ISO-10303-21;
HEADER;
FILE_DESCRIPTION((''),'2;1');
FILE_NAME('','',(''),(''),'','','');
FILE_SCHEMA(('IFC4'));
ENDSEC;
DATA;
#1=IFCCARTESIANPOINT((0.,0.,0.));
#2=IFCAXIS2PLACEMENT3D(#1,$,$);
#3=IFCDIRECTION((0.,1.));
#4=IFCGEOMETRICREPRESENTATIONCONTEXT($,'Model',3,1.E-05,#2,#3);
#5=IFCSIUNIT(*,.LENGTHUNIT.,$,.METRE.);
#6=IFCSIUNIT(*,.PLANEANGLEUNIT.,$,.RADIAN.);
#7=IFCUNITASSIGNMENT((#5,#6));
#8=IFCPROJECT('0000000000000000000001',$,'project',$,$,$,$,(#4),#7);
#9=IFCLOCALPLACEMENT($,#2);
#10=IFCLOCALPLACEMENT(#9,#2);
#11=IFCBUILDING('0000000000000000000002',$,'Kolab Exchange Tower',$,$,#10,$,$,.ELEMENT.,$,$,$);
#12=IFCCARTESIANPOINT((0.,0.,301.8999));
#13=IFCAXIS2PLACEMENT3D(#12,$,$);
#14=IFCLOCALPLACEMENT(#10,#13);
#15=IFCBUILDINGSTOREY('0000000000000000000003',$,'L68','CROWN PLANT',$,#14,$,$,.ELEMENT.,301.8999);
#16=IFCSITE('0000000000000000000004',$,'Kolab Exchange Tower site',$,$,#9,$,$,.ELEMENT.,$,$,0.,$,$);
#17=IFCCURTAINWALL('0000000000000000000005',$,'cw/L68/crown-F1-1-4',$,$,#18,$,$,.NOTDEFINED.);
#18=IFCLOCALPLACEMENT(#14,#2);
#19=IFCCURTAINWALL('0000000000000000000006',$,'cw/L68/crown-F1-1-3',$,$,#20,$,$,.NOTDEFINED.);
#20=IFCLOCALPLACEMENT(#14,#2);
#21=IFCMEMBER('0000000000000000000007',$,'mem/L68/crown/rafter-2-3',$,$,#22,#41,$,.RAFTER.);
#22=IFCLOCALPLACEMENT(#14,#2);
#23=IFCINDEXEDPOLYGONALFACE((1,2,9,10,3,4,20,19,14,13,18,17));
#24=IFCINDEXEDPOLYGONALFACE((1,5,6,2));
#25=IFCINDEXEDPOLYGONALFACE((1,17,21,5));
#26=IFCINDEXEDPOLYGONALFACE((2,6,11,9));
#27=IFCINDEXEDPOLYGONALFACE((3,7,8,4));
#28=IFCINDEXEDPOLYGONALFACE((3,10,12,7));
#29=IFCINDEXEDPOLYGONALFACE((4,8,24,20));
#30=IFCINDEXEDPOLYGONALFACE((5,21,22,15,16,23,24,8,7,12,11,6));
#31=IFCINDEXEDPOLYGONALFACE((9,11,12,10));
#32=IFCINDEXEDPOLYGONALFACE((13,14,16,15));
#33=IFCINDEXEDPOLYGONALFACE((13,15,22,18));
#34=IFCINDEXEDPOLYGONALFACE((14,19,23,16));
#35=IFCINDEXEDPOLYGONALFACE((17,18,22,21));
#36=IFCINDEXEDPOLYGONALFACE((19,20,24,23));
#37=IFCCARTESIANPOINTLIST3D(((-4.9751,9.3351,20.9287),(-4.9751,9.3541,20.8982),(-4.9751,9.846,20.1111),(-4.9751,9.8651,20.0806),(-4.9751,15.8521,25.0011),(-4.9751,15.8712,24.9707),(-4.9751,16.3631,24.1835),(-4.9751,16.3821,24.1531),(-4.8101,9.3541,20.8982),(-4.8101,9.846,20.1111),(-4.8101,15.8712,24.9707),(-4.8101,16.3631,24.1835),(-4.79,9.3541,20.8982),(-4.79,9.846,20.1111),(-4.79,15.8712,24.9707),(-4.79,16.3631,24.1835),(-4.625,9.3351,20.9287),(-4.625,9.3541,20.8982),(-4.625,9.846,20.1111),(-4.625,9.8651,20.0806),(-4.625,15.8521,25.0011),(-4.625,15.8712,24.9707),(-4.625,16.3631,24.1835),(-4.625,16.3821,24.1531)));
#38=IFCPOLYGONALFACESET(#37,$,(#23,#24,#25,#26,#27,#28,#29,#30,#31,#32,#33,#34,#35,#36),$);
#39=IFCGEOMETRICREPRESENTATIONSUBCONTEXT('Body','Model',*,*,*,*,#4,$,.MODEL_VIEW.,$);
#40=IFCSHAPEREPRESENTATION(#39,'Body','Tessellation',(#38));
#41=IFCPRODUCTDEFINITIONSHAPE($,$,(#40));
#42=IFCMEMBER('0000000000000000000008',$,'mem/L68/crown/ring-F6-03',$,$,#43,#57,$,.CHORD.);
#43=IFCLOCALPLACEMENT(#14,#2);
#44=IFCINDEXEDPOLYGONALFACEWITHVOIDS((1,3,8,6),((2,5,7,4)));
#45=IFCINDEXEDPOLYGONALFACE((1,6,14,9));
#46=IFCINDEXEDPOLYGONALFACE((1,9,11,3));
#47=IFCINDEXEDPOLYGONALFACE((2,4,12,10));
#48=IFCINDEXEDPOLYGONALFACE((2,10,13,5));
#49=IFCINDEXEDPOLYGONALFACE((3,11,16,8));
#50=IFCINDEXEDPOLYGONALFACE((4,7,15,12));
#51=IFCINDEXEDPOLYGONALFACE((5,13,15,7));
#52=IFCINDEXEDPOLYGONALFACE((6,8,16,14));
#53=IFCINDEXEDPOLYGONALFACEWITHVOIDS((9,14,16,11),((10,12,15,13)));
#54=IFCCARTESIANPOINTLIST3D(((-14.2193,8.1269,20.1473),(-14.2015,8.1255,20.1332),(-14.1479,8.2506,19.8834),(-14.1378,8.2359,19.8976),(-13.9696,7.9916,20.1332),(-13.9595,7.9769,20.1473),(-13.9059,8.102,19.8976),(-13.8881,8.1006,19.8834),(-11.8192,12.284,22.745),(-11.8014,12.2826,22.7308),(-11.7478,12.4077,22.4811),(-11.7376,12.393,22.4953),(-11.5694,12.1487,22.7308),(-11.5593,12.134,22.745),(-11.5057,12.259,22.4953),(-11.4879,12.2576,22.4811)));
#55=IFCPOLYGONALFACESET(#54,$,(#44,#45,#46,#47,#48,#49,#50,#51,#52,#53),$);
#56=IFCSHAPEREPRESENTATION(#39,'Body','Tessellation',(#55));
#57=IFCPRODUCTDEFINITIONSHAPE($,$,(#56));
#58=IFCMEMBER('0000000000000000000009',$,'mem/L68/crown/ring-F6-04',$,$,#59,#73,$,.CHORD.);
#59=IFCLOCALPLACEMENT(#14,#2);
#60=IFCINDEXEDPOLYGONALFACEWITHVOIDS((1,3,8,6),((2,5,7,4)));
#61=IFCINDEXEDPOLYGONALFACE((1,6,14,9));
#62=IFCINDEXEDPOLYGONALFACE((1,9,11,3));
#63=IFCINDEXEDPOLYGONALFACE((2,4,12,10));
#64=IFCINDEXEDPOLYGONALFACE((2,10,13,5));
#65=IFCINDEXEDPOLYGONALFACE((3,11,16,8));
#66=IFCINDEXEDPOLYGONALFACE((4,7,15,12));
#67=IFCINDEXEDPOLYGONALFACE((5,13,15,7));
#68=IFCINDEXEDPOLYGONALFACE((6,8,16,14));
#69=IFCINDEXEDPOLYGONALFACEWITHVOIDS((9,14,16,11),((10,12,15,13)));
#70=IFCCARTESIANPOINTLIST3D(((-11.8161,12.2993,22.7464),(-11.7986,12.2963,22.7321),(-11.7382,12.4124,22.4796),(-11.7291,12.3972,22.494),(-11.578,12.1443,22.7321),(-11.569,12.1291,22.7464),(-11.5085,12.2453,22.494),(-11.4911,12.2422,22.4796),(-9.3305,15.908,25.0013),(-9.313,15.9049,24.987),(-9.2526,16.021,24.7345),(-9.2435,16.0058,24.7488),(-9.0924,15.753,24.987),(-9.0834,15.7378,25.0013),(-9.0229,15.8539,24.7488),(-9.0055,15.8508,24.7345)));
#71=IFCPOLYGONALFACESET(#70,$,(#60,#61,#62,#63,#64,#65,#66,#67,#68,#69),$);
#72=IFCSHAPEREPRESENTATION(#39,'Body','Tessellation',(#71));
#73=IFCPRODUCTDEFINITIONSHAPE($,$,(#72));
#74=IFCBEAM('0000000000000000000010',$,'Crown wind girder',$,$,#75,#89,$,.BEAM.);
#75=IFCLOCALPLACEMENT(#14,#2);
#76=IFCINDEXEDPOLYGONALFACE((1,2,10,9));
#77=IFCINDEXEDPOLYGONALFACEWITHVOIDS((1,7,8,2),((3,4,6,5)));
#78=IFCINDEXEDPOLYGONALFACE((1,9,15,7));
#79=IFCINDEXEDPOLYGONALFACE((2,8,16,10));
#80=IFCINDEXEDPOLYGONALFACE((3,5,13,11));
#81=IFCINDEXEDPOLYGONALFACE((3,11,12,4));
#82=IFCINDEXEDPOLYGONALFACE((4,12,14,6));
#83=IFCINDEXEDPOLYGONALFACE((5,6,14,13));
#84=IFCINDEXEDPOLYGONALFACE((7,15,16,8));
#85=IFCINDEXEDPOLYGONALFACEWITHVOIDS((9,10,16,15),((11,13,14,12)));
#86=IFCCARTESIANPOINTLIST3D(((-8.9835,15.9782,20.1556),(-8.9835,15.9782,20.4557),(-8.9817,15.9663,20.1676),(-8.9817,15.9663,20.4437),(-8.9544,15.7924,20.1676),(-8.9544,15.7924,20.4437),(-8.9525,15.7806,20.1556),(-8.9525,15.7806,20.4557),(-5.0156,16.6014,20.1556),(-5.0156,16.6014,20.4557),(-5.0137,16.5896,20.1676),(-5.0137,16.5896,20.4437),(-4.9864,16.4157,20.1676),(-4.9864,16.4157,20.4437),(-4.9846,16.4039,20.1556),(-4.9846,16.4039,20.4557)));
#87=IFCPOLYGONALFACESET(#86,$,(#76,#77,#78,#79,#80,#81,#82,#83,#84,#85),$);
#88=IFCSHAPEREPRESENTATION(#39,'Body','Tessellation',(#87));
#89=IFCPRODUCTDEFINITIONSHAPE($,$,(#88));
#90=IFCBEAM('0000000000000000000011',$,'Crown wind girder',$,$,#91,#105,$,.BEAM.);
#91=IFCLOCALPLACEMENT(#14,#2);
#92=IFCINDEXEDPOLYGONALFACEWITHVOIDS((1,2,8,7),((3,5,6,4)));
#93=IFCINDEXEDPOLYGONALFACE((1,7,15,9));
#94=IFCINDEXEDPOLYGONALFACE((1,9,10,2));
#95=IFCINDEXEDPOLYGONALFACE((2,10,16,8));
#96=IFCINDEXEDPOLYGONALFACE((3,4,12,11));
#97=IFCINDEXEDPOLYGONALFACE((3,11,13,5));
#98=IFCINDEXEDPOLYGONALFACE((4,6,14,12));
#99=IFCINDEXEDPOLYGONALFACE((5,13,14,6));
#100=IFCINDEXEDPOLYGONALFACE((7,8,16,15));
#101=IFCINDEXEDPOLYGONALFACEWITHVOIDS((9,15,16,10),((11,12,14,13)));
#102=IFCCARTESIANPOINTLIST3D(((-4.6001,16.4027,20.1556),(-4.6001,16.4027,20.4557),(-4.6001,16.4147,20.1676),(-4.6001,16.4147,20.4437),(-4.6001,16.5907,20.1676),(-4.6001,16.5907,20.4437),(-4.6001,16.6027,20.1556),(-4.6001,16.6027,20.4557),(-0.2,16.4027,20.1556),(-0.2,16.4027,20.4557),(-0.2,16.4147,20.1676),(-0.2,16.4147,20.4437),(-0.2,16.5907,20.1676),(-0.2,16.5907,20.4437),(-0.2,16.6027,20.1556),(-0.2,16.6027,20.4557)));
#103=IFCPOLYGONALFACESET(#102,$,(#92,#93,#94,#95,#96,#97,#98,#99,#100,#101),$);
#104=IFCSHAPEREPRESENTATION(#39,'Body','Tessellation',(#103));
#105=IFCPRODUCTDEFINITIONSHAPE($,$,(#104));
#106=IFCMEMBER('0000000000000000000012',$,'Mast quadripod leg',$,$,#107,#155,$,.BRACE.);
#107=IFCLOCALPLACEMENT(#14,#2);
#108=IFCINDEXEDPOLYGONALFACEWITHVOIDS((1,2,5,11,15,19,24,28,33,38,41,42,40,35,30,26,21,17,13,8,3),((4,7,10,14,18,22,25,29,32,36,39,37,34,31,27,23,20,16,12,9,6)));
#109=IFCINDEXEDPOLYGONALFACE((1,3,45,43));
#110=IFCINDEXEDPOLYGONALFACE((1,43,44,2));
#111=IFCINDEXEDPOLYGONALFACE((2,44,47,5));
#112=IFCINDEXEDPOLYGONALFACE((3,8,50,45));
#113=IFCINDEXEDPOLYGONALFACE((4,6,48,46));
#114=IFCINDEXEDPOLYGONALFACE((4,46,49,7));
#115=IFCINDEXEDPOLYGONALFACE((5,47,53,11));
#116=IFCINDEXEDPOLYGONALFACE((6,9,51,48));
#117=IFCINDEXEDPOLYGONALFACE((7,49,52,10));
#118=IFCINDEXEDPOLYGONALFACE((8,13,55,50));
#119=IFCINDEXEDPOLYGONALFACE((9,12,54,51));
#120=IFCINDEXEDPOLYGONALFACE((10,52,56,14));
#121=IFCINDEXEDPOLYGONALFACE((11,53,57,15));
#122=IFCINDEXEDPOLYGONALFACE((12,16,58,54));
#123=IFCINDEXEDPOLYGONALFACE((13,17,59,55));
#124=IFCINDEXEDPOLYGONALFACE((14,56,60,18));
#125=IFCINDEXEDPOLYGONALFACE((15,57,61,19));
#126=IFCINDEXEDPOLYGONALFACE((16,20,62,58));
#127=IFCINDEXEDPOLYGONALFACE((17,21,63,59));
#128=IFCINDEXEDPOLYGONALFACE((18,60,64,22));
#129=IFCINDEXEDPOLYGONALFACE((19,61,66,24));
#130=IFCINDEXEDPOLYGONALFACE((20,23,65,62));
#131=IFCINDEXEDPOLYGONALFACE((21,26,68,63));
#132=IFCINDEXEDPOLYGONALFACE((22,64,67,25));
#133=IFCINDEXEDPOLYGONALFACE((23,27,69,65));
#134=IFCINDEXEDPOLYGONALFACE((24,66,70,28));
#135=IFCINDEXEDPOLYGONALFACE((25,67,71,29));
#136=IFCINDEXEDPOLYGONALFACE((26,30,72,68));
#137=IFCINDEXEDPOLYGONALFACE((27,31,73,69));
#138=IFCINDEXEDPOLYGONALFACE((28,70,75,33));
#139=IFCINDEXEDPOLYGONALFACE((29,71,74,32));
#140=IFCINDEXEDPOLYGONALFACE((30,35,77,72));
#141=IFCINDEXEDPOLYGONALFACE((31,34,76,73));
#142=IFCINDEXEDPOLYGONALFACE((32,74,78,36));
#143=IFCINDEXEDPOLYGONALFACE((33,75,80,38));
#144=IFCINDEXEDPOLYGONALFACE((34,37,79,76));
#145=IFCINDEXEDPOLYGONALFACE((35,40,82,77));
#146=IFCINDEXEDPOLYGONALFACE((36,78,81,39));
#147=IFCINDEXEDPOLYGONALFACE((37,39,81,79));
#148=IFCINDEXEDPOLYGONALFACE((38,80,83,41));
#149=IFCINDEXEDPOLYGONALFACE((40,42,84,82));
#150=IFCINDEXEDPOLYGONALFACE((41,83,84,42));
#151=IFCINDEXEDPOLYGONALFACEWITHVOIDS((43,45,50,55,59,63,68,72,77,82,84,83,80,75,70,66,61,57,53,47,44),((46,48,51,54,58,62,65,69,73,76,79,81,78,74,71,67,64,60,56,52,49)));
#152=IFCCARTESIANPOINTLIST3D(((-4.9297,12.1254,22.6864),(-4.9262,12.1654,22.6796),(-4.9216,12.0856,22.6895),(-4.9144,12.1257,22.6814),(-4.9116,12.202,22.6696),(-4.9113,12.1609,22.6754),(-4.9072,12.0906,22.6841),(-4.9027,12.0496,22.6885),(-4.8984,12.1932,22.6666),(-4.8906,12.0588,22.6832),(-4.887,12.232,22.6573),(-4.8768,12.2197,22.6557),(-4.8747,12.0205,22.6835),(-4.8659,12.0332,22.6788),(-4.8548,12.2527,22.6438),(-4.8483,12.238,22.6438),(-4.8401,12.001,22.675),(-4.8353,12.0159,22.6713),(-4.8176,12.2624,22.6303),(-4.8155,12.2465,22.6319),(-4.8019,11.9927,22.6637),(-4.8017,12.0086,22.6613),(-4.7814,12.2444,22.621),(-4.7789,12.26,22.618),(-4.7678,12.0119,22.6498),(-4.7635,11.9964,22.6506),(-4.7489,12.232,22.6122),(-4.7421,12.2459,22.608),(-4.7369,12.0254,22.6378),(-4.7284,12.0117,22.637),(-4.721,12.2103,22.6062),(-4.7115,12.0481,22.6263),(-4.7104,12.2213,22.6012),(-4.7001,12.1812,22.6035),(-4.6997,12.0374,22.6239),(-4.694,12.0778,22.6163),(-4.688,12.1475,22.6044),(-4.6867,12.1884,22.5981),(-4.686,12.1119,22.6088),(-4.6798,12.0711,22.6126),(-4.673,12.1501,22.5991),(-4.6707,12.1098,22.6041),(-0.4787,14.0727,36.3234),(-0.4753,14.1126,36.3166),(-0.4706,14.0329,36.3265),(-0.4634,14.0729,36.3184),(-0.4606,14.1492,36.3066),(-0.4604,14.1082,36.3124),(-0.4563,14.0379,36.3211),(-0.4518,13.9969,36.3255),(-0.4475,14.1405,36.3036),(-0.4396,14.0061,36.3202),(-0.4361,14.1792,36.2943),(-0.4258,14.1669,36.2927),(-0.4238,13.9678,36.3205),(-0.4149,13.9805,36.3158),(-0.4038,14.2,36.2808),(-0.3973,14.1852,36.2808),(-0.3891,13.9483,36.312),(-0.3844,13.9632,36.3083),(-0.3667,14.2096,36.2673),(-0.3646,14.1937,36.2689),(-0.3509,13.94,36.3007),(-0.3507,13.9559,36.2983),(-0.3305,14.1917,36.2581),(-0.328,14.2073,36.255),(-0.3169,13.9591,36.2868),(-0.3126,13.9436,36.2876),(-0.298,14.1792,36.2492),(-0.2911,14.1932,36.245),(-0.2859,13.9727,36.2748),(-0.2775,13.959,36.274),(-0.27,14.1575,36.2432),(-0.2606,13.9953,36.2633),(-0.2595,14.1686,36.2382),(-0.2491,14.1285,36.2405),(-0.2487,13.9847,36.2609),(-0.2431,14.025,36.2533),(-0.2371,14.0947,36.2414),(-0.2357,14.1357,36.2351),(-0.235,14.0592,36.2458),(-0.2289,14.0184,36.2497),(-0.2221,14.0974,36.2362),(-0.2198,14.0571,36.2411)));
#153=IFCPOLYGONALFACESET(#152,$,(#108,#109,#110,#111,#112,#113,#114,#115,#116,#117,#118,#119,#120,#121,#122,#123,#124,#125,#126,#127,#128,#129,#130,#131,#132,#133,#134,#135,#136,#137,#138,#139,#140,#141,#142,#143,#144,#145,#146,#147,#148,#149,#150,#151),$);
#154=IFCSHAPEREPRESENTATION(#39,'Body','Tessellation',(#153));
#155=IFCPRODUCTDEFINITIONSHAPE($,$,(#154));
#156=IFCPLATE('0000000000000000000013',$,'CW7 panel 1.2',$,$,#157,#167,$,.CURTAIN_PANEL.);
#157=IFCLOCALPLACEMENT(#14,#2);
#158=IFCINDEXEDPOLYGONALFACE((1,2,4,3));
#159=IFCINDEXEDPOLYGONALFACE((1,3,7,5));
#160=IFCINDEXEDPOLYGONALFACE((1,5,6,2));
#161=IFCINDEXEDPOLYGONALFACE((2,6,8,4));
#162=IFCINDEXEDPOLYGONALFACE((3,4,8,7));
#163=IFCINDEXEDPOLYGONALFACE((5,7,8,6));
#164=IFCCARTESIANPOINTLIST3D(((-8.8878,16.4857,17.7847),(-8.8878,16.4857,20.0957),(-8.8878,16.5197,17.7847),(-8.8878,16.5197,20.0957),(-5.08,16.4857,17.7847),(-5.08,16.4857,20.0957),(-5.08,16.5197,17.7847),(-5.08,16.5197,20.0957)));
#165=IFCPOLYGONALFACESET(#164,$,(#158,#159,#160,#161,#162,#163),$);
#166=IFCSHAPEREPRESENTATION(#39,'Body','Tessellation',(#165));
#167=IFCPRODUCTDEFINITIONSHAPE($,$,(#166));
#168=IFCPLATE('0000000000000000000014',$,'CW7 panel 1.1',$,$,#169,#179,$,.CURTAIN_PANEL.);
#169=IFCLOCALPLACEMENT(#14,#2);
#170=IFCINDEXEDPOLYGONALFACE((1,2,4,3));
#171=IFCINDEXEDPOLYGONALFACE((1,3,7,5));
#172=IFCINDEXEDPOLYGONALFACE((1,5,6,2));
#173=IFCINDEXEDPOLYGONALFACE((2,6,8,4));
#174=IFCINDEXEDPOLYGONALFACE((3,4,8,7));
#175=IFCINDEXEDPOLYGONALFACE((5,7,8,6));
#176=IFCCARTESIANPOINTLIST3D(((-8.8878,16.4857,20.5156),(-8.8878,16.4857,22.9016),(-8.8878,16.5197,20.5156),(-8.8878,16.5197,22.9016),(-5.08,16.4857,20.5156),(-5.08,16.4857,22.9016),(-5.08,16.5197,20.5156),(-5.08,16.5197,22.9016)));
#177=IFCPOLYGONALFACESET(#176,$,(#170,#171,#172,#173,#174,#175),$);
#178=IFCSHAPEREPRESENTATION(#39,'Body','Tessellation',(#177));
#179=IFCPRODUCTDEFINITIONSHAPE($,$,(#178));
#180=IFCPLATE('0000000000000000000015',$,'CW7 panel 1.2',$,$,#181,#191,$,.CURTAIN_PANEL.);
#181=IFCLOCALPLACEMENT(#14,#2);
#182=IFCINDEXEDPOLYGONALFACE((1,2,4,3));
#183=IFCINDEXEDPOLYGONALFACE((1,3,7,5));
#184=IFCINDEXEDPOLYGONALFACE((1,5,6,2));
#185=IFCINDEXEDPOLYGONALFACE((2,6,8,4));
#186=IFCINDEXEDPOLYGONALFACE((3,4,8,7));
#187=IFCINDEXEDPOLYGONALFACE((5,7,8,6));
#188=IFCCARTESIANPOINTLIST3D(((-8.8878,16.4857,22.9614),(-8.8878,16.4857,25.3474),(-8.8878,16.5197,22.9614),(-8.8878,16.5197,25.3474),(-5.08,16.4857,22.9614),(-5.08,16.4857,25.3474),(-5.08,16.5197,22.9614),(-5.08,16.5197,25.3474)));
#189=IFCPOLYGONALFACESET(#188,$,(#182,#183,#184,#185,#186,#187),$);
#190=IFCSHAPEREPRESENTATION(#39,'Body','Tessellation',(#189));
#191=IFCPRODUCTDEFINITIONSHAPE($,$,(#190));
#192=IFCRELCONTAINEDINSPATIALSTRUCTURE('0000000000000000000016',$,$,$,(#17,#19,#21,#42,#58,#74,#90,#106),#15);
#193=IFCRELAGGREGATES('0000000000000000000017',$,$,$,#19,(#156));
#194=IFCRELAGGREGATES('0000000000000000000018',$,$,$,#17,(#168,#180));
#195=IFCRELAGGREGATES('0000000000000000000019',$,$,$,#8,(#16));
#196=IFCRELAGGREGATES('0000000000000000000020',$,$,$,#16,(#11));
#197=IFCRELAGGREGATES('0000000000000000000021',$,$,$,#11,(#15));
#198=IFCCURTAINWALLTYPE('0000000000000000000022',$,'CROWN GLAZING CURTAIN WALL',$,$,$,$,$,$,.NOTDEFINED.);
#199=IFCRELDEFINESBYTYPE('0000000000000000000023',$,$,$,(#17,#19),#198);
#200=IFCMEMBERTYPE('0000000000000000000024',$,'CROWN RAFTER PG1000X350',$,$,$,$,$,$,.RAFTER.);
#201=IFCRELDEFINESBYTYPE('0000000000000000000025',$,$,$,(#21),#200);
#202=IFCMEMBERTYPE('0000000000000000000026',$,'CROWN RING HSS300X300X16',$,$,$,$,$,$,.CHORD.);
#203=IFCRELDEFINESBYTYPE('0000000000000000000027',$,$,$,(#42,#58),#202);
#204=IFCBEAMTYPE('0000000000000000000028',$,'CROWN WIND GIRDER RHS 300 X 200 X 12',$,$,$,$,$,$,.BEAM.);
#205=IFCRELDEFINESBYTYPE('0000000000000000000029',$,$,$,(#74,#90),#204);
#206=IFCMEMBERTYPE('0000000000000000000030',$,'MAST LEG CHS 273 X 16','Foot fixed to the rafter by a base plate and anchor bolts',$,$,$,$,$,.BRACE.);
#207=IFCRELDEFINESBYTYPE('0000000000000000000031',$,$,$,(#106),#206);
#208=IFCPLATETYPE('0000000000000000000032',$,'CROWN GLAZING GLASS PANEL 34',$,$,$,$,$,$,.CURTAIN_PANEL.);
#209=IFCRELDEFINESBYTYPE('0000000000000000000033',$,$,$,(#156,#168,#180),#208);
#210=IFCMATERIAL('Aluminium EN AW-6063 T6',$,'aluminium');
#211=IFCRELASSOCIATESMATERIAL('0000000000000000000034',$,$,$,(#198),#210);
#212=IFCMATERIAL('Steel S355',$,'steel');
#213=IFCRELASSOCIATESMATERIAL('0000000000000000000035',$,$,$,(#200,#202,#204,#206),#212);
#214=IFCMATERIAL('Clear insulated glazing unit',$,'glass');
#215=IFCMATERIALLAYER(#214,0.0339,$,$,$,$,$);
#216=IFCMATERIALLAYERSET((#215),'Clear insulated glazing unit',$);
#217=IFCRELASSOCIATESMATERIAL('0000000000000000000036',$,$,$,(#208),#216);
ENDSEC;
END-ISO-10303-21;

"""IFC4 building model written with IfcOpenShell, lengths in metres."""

from ifc_helpers import new_model, si_unit, direction, frame, origin, origin_2d, place, context, subcontext, project, spatial, rectangle, hollow_rectangle, hollow_circle, i_section, extrude, material, layer, layer_set, material_profile, profile_set, type_object, element, aggregate, save


model = new_model("IFC4")

# Units and contexts
model_context = context("Model", 3, precision=1e-05, world=origin(), true_north=direction((0.0, 1.0)))
body_context = subcontext(model_context, "Body", "Model", "MODEL_VIEW")
ifc_project = project(units=[si_unit("LENGTHUNIT", "METRE"), si_unit("PLANEANGLEUNIT", "RADIAN")], contexts=[model_context])

# Site, building, storey
site_placement = place(None, origin())
site = spatial("IfcSite", under=ifc_project, at=site_placement, Name="Kolab Exchange Tower site", CompositionType="ELEMENT", RefElevation=0.0)
building_placement = place(site_placement, origin())
building = spatial("IfcBuilding", under=site, at=building_placement, Name="Kolab Exchange Tower", CompositionType="ELEMENT")
storey_placement = place(building_placement, frame((0.0, 0.0, 301.8999)))
storey = spatial("IfcBuildingStorey", under=building, at=storey_placement, Name="L68", Description="CROWN PLANT", CompositionType="ELEMENT", Elevation=301.8999)

# Curtain wall
ifc_material_1 = material(Name="Aluminium EN AW-6063 T6", Category="aluminium")
curtain_wall_type = type_object("IfcCurtainWallType", Name="CROWN GLAZING CURTAIN WALL", PredefinedType="NOTDEFINED", material=ifc_material_1)
curtain_wall_1_placement = place(storey_placement, origin())
curtain_wall_1 = element("IfcCurtainWall", 1, at=curtain_wall_1_placement, inside=storey, type_object=curtain_wall_type, Name="cw/L68/crown-F1-1-4", PredefinedType="NOTDEFINED")

# Curtain wall
curtain_wall_2_placement = place(storey_placement, origin())
curtain_wall_2 = element("IfcCurtainWall", 2, at=curtain_wall_2_placement, inside=storey, type_object=curtain_wall_type, Name="cw/L68/crown-F1-1-3", PredefinedType="NOTDEFINED")

# Members
ifc_material_2 = material(Name="Steel S355", Category="steel")
ifc_material_profile_1 = material_profile(ifc_material_2, i_section(OverallWidth=0.3501, OverallDepth=1.0, WebThickness=0.02, FlangeThickness=0.0359, at=origin_2d()), Name="PG1000X350")
ifc_profile_set_1 = profile_set([ifc_material_profile_1], Name="Steel S355")
member_type_1 = type_object("IfcMemberType", Name="CROWN RAFTER PG1000X350", PredefinedType="RAFTER", material=ifc_profile_set_1)
member_1_placement = place(storey_placement, frame((-4.8, 9.6001, 20.5046), z_axis=(0.0, 0.848038, 0.529936), x_axis=(-1.0, 0.0, 0.0)))
element("IfcMember", 3, at=member_1_placement, inside=storey, type_object=member_type_1, Name="mem/L68/crown/rafter-2-3", PredefinedType="RAFTER", context=body_context, shape_type="SweptSolid", body=[
    extrude(i_section(OverallWidth=0.3501, OverallDepth=1.0, WebThickness=0.02, FlangeThickness=0.0359, at=origin_2d()), origin(), (0.0, 0.0, 1.0), 7.6848),
])
ifc_material_profile_2 = material_profile(ifc_material_2, hollow_rectangle(XDim=0.3, YDim=0.3, WallThickness=0.0161, at=origin_2d()), Name="HSS300X300X16")
ifc_profile_set_2 = profile_set([ifc_material_profile_2], Name="Steel S355")
member_type_2 = type_object("IfcMemberType", Name="CROWN RING HSS300X300X16", PredefinedType="CHORD", material=ifc_profile_set_2)
member_2_placement = place(storey_placement, frame((-14.0537, 8.1138, 20.0154), z_axis=(0.439754, 0.761641, 0.475941), x_axis=(-0.866015, 0.500017, 0.0)))
element("IfcMember", 4, at=member_2_placement, inside=storey, type_object=member_type_2, Name="mem/L68/crown/ring-F6-03", PredefinedType="CHORD", context=body_context, shape_type="SweptSolid", body=[
    extrude(hollow_rectangle(XDim=0.3, YDim=0.3, WallThickness=0.0161, at=origin_2d()), origin(), (0.0, 0.0, 1.0), 5.458),
])
member_3_placement = place(storey_placement, frame((-11.6536, 12.2708, 22.613), z_axis=(0.504384, 0.732276, 0.457567), x_axis=(-0.823546, 0.56725, 0.0)))
element("IfcMember", 5, at=member_3_placement, inside=storey, type_object=member_type_2, Name="mem/L68/crown/ring-F6-04", PredefinedType="CHORD", context=body_context, shape_type="SweptSolid", body=[
    extrude(hollow_rectangle(XDim=0.3, YDim=0.3, WallThickness=0.0161, at=origin_2d()), origin(), (0.0, 0.0, 1.0), 4.928),
])

# Beams
ifc_material_profile_3 = material_profile(ifc_material_2, hollow_rectangle(XDim=0.2, YDim=0.3, WallThickness=0.012, at=origin_2d()), Name="RHS300X200X12")
ifc_profile_set_3 = profile_set([ifc_material_profile_3], Name="Steel S355")
beam_type = type_object("IfcBeamType", Name="CROWN WIND GIRDER RHS 300 X 200 X 12", PredefinedType="BEAM", material=ifc_profile_set_3)
beam_1_placement = place(storey_placement, frame((-8.968, 15.8794, 20.3057), z_axis=(0.987887, 0.155176, 0.0), x_axis=(-0.155176, 0.987887, 0.0)))
element("IfcBeam", 6, at=beam_1_placement, inside=storey, type_object=beam_type, Name="Crown wind girder", PredefinedType="BEAM", context=body_context, shape_type="SweptSolid", body=[
    extrude(hollow_rectangle(XDim=0.2, YDim=0.3, WallThickness=0.012, at=origin_2d()), origin(), (0.0, 0.0, 1.0), 4.0166),
])
beam_2_placement = place(storey_placement, frame((-4.6001, 16.5027, 20.3057), z_axis=(1.0, 0.0, 0.0), x_axis=(0.0, 1.0, 0.0)))
element("IfcBeam", 7, at=beam_2_placement, inside=storey, type_object=beam_type, Name="Crown wind girder", PredefinedType="BEAM", context=body_context, shape_type="SweptSolid", body=[
    extrude(hollow_rectangle(XDim=0.2, YDim=0.3, WallThickness=0.012, at=origin_2d()), origin(), (0.0, 0.0, 1.0), 4.4001),
])

# Member
ifc_material_profile_4 = material_profile(ifc_material_2, hollow_circle(Radius=0.1365, WallThickness=0.0161, at=origin_2d()), Name="CHS 273X16")
ifc_profile_set_4 = profile_set([ifc_material_profile_4], Name="Steel S355")
member_type_3 = type_object("IfcMemberType", Name="MAST LEG CHS 273 X 16", Description="Foot fixed to the rafter by a base plate and anchor bolts", PredefinedType="BRACE", material=ifc_profile_set_4)
member_4_placement = place(storey_placement, frame((-4.8, 12.1277, 22.6438), z_axis=(0.307459, 0.134512, 0.942006), x_axis=(-0.400816, 0.916158, 0.0)))
element("IfcMember", 8, at=member_4_placement, inside=storey, type_object=member_type_3, Name="Mast quadripod leg", PredefinedType="BRACE", context=body_context, shape_type="SweptSolid", body=[
    extrude(hollow_circle(Radius=0.1365, WallThickness=0.0161, at=origin_2d()), origin(), (0.0, 0.0, 1.0), 14.4766),
])

# Plates
ifc_material_3 = material(Name="Clear insulated glazing unit", Category="glass")
ifc_layer_1 = layer(ifc_material_3, 0.0339)
ifc_layer_set_1 = layer_set([ifc_layer_1], Name="Clear insulated glazing unit")
plate_type_1 = type_object("IfcPlateType", Name="CROWN GLAZING GLASS PANEL 34", PredefinedType="CURTAIN_PANEL", material=ifc_layer_set_1)
plate_1_placement = place(storey_placement, frame((-6.9839, 16.5027, 17.7847), z_axis=(0.0, 0.0, 1.0), x_axis=(1.0, 0.0, 0.0)))
plate_1 = element("IfcPlate", 9, at=plate_1_placement, type_object=plate_type_1, Name="CW7 panel 1.2", PredefinedType="CURTAIN_PANEL", context=body_context, shape_type="SweptSolid", body=[
    extrude(rectangle(XDim=3.8079, YDim=0.0339, at=origin_2d()), origin(), (0.0, 0.0, 1.0), 2.311),
])
aggregate(curtain_wall_2, [plate_1])
plate_2_placement = place(storey_placement, frame((-6.9839, 16.5027, 20.5156), z_axis=(0.0, 0.0, 1.0), x_axis=(1.0, 0.0, 0.0)))
plate_2 = element("IfcPlate", 10, at=plate_2_placement, type_object=plate_type_1, Name="CW7 panel 1.1", PredefinedType="CURTAIN_PANEL", context=body_context, shape_type="SweptSolid", body=[
    extrude(rectangle(XDim=3.8079, YDim=0.0339, at=origin_2d()), origin(), (0.0, 0.0, 1.0), 2.386),
])
plate_3_placement = place(storey_placement, frame((-6.9839, 16.5027, 22.9614), z_axis=(0.0, 0.0, 1.0), x_axis=(1.0, 0.0, 0.0)))
plate_3 = element("IfcPlate", 11, at=plate_3_placement, type_object=plate_type_1, Name="CW7 panel 1.2", PredefinedType="CURTAIN_PANEL", context=body_context, shape_type="SweptSolid", body=[
    extrude(rectangle(XDim=3.8079, YDim=0.0339, at=origin_2d()), origin(), (0.0, 0.0, 1.0), 2.386),
])
aggregate(curtain_wall_1, [plate_2, plate_3])

save(model, "model.ifc")
